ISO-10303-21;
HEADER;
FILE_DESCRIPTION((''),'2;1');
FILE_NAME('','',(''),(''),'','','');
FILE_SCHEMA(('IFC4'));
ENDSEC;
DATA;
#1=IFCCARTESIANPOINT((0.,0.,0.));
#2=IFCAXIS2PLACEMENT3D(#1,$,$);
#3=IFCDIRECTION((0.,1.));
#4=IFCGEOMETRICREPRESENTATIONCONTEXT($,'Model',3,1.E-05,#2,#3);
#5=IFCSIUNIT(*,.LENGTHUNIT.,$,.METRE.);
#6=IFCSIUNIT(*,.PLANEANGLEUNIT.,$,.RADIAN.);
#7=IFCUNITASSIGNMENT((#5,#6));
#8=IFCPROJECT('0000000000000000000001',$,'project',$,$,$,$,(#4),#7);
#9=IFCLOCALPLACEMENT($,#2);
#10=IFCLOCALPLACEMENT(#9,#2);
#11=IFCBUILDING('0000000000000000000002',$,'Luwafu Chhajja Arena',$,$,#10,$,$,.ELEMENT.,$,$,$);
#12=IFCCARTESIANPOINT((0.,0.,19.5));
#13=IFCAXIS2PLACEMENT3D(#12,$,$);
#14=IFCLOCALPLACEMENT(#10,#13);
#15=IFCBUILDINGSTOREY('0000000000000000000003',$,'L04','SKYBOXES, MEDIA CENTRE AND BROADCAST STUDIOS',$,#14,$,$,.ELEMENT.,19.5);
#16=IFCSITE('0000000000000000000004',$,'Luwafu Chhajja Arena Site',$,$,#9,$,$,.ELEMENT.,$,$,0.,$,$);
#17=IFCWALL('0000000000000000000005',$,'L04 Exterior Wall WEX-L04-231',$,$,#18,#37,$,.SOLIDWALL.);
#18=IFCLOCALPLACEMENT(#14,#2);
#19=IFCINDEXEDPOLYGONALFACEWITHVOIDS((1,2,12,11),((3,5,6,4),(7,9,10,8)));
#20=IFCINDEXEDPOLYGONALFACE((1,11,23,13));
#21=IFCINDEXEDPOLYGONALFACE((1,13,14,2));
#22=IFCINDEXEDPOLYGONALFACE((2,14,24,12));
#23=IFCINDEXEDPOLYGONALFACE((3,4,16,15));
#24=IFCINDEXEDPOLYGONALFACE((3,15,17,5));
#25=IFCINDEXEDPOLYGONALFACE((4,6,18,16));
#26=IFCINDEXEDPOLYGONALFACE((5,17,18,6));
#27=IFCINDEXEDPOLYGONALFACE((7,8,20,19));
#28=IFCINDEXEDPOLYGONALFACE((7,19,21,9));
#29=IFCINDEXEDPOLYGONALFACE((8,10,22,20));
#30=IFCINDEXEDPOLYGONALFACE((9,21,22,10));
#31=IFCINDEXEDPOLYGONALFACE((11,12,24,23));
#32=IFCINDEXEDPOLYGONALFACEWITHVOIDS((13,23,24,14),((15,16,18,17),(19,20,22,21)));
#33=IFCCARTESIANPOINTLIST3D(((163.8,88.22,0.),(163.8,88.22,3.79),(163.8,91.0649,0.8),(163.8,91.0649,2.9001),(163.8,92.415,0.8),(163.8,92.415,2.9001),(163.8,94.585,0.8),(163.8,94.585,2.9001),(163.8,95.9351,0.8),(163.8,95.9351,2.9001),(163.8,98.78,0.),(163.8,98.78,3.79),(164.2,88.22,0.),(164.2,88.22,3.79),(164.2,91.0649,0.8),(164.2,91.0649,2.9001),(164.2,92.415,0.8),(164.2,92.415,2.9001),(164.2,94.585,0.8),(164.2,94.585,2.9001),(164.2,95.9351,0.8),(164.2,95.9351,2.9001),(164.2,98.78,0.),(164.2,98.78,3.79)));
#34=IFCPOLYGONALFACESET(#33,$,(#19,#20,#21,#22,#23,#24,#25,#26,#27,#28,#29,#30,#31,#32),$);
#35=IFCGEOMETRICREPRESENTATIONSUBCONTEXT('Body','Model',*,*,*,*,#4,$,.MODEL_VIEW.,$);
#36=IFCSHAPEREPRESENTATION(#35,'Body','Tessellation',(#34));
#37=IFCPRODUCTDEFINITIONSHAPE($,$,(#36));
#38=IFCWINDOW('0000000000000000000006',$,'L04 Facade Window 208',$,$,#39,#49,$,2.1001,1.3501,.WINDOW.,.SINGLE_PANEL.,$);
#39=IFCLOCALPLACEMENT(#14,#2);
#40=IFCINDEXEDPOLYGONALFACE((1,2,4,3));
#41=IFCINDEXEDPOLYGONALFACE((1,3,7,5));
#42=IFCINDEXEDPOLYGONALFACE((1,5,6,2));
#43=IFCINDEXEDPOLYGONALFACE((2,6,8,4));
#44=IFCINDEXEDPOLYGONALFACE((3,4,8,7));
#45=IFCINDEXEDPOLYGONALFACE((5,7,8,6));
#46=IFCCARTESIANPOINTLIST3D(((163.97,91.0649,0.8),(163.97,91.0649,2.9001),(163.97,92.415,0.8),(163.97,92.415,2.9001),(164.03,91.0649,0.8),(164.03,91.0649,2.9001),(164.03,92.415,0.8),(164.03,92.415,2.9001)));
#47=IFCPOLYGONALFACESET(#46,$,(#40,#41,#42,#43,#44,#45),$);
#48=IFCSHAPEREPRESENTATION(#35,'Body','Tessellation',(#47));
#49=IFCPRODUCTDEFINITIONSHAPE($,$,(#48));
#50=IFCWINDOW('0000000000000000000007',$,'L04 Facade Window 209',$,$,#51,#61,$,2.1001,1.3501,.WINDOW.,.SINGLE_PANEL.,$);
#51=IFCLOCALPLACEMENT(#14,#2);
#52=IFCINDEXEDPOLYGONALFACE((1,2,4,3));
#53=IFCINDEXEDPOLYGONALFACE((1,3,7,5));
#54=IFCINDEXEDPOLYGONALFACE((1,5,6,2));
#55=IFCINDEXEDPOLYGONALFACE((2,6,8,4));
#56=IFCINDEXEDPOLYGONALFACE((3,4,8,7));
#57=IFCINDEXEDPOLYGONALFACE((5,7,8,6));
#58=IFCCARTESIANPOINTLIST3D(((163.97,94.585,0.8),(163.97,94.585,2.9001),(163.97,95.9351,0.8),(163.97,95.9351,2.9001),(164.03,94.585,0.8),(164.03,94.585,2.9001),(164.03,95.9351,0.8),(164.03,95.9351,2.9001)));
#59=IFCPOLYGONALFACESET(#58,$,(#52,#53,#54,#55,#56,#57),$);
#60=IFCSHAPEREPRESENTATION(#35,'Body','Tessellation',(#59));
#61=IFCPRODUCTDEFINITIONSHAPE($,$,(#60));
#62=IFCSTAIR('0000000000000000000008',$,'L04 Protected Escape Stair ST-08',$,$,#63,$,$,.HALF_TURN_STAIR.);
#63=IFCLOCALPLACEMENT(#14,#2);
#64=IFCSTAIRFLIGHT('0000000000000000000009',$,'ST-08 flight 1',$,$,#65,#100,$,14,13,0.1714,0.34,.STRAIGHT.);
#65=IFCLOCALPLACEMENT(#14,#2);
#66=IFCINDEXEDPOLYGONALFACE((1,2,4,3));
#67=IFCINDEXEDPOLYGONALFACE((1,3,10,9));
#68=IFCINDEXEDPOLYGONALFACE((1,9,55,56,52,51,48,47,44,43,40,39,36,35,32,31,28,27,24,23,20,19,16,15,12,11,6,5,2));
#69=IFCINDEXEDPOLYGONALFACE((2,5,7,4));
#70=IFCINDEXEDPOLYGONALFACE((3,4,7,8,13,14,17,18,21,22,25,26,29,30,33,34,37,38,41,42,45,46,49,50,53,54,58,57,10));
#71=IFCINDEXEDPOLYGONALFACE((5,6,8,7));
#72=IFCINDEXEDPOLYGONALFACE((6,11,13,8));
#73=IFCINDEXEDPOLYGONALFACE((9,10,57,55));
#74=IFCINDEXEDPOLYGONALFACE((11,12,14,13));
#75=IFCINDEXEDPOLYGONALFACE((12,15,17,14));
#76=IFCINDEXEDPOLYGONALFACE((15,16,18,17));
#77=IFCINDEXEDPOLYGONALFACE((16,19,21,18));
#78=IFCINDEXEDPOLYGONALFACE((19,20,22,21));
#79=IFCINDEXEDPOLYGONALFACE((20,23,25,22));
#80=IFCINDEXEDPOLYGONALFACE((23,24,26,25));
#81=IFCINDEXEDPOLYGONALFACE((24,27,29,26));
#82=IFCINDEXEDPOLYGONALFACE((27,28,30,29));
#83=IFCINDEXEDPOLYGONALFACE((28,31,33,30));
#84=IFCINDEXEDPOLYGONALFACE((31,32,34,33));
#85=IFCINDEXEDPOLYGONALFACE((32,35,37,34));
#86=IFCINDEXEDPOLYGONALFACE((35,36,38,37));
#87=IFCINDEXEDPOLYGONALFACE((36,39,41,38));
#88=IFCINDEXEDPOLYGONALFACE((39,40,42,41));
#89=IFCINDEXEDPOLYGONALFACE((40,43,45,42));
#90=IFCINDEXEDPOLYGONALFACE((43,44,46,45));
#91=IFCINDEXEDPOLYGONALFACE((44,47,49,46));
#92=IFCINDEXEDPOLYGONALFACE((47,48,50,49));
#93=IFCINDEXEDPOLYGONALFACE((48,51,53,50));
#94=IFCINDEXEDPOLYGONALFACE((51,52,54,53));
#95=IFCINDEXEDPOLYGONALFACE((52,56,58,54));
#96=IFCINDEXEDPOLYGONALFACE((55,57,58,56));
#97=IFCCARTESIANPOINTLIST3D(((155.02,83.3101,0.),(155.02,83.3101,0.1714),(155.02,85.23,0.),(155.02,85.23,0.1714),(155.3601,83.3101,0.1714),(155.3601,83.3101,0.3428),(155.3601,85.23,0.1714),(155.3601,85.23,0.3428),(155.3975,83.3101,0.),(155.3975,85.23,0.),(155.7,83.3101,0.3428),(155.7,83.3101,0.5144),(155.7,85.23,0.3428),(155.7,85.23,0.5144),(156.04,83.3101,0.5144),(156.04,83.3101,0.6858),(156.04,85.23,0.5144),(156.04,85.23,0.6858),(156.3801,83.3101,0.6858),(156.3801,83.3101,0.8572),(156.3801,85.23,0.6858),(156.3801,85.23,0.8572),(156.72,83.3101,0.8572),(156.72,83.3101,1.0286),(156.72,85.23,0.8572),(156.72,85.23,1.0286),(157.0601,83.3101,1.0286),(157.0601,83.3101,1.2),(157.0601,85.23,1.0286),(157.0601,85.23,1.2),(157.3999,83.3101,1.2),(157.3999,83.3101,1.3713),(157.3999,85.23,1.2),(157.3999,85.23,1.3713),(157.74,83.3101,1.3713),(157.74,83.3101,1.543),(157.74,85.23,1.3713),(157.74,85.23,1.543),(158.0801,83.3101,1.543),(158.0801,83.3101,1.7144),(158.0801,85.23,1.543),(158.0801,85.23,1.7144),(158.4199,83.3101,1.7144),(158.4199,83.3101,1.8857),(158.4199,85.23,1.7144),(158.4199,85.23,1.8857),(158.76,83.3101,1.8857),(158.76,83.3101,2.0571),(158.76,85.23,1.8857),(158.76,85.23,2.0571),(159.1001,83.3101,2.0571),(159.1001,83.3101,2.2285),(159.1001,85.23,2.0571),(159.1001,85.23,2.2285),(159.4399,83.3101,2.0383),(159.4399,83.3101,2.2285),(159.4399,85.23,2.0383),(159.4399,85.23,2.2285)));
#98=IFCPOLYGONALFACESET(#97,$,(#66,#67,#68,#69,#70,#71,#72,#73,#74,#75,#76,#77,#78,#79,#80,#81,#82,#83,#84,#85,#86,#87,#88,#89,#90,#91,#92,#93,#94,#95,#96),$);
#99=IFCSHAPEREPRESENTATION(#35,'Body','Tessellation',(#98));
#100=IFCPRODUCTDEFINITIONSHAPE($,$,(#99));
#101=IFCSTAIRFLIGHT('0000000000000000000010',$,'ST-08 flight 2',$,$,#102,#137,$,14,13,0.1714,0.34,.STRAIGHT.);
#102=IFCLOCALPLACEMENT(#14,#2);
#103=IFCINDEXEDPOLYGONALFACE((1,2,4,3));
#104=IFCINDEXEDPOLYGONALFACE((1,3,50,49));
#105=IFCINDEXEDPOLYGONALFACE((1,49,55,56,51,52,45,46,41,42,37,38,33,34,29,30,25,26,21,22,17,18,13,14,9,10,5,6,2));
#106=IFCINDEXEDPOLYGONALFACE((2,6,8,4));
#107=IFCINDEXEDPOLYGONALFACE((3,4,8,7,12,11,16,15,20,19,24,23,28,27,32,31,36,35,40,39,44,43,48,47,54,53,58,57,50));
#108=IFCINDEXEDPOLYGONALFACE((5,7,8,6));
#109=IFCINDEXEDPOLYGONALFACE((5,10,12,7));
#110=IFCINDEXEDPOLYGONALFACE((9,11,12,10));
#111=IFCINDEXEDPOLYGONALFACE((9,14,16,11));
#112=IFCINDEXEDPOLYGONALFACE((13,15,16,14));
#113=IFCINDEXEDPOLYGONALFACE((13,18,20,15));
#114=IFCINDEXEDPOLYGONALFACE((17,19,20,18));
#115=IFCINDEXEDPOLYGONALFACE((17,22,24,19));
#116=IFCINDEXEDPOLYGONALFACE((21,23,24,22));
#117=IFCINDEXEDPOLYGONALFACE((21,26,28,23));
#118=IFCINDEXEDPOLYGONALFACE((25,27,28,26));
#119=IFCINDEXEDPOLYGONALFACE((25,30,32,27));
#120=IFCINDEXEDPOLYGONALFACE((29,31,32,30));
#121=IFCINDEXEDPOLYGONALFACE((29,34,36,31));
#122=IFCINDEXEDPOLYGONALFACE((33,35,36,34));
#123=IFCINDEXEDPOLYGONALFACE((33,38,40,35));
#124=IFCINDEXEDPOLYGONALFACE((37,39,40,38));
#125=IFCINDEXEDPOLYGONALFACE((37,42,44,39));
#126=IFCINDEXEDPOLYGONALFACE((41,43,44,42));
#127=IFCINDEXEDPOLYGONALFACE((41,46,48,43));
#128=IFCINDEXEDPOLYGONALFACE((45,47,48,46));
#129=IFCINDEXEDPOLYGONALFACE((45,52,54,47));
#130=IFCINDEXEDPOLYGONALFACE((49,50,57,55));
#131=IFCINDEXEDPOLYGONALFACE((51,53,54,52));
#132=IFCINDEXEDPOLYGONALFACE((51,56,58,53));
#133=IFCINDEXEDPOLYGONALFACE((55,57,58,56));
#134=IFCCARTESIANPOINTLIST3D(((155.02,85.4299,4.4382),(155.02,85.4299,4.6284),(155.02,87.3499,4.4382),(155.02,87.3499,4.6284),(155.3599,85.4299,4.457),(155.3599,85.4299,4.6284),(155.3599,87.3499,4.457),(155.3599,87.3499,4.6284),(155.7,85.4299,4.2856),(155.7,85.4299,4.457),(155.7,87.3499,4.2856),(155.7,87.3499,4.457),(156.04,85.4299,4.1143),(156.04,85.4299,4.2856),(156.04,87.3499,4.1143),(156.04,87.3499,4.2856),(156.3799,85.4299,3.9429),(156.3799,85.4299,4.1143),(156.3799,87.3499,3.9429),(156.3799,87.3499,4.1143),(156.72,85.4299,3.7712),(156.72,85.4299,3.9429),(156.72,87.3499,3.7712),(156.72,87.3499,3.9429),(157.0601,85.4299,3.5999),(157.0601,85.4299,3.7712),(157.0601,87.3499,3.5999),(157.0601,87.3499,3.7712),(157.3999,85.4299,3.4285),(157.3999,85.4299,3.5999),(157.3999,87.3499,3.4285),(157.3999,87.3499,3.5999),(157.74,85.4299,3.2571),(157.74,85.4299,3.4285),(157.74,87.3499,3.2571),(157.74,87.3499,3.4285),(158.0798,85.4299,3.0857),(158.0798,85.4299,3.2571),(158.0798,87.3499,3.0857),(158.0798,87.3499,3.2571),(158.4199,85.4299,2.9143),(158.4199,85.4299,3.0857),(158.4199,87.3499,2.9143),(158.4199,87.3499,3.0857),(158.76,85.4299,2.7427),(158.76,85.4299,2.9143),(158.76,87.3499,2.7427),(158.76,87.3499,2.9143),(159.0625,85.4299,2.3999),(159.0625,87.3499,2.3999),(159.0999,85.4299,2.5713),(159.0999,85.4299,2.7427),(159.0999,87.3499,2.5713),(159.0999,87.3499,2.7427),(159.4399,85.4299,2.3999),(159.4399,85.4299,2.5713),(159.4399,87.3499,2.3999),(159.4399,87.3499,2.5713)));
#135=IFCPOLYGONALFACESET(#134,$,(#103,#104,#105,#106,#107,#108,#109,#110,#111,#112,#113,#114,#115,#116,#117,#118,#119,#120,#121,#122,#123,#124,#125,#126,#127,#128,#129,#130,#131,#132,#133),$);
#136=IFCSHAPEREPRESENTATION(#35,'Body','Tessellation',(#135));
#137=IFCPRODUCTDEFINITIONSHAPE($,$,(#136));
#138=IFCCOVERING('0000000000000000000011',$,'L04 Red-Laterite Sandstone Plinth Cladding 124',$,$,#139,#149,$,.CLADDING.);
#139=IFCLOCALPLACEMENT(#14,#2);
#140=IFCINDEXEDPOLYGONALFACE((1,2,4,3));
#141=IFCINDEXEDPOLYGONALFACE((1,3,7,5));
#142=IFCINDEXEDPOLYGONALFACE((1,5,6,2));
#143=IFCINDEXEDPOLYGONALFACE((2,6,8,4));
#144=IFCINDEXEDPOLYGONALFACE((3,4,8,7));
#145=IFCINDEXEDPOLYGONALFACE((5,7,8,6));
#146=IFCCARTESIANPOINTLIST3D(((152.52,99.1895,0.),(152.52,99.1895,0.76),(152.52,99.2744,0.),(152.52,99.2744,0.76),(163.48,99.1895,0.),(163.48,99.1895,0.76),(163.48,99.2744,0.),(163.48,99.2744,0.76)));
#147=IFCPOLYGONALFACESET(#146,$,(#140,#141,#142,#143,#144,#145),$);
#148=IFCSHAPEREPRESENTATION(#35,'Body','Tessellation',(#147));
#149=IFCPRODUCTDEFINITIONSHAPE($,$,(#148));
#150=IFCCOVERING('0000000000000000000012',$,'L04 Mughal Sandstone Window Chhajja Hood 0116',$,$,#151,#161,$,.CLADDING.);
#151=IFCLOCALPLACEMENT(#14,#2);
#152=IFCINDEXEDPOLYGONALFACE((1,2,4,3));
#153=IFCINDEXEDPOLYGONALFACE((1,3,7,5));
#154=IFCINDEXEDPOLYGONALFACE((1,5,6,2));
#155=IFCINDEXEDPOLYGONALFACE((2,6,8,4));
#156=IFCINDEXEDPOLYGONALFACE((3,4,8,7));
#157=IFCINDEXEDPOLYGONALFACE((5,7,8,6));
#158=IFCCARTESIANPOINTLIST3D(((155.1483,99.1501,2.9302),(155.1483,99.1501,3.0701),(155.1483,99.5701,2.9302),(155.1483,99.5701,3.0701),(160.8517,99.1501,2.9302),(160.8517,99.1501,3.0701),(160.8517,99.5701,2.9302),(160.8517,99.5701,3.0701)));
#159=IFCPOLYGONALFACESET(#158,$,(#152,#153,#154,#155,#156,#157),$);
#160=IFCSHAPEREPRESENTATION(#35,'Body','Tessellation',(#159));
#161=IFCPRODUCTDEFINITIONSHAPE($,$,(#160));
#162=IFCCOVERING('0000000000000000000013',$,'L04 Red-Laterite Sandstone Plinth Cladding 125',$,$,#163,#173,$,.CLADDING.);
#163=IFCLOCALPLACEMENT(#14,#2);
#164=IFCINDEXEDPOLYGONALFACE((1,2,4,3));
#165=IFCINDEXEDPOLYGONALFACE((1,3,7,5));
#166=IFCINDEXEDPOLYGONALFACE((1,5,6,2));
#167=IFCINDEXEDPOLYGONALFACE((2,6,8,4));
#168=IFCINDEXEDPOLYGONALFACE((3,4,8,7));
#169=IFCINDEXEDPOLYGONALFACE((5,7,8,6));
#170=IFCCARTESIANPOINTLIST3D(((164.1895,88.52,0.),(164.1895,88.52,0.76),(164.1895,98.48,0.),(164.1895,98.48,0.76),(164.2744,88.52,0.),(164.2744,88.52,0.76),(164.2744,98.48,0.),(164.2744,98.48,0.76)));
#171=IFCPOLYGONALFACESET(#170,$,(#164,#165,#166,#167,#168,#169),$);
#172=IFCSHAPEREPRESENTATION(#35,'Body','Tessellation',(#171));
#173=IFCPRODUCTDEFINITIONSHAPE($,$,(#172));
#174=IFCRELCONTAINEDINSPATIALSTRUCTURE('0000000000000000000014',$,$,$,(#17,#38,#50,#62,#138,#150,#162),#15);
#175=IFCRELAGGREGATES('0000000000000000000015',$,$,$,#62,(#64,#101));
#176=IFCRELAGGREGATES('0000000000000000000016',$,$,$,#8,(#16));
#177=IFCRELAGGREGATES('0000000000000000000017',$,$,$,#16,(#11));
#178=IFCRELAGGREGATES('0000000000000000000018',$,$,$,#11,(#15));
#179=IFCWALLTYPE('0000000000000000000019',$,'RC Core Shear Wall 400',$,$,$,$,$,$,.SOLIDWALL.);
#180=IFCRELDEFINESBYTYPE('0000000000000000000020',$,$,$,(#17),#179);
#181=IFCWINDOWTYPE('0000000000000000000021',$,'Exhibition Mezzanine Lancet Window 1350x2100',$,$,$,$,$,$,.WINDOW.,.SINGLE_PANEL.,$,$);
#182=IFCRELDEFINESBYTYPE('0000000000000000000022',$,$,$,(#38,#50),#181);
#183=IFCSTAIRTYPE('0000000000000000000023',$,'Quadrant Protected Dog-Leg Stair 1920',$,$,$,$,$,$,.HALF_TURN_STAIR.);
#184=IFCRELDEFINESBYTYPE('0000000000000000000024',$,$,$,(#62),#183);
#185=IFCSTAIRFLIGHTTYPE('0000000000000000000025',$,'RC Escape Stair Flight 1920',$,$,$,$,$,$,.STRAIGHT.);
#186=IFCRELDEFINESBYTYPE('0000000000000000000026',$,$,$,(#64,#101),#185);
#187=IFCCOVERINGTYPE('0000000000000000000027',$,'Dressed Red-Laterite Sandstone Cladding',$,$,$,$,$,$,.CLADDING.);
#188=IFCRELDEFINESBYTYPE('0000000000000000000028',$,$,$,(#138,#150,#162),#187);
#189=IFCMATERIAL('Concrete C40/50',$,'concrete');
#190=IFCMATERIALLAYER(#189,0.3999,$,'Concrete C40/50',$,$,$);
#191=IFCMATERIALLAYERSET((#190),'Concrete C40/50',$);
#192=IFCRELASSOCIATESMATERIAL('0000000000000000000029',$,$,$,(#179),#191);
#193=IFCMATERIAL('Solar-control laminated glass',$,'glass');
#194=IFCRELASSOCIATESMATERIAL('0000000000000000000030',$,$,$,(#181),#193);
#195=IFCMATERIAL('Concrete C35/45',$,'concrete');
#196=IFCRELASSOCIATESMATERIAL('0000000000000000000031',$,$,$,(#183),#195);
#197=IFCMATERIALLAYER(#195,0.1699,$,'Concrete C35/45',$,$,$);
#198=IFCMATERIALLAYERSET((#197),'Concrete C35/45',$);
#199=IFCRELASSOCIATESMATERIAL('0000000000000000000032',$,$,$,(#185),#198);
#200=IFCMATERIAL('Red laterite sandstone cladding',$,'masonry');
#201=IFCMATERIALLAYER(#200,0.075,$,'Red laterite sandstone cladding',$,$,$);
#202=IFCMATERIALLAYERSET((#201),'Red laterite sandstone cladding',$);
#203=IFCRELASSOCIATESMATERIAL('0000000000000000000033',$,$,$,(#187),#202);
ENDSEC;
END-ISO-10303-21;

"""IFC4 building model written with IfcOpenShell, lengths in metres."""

from ifc_helpers import new_model, si_unit, direction, frame, frame_2d, origin, origin_2d, place, context, subcontext, project, spatial, polyline, rectangle, outline, extrude, material, layer, layer_set, type_object, element, fill, aggregate, save


model = new_model("IFC4")

# Units and contexts
model_context = context("Model", 3, precision=1e-05, world=origin(), true_north=direction((0.0, 1.0)))
body_context = subcontext(model_context, "Body", "Model", "MODEL_VIEW")
ifc_project = project(units=[si_unit("LENGTHUNIT", "METRE"), si_unit("PLANEANGLEUNIT", "RADIAN")], contexts=[model_context])

# Site, building, storey
site_placement = place(None, origin())
site = spatial("IfcSite", under=ifc_project, at=site_placement, Name="Luwafu Chhajja Arena Site", CompositionType="ELEMENT", RefElevation=0.0)
building_placement = place(site_placement, origin())
building = spatial("IfcBuilding", under=site, at=building_placement, Name="Luwafu Chhajja Arena", CompositionType="ELEMENT")
storey_placement = place(building_placement, frame((0.0, 0.0, 19.5)))
storey = spatial("IfcBuildingStorey", under=building, at=storey_placement, Name="L04", Description="SKYBOXES, MEDIA CENTRE AND BROADCAST STUDIOS", CompositionType="ELEMENT", Elevation=19.5)

# Shared definitions
ifc_material_1 = material(Name="Concrete C35/45", Category="concrete")

# Shared definitions
ifc_material_2 = material(Name="Concrete C40/50", Category="concrete")

# Wall, openings, windows
ifc_layer_1 = layer(ifc_material_2, 0.3999, Name="Concrete C40/50")
ifc_layer_set_1 = layer_set([ifc_layer_1], Name="Concrete C40/50")
wall_type_1 = type_object("IfcWallType", Name="RC Core Shear Wall 400", PredefinedType="SOLIDWALL", material=ifc_layer_set_1)
wall_1_placement = place(storey_placement, frame((164.0, 88.22, 0.0), z_axis=(0.0, 0.0, 1.0), x_axis=(0.0, 1.0, 0.0)))
wall_1 = element("IfcWall", 1, at=wall_1_placement, inside=storey, type_object=wall_type_1, Name="L04 Exterior Wall WEX-L04-231", PredefinedType="SOLIDWALL", context=body_context, shape_type="SweptSolid", body=[
    extrude(rectangle(XDim=10.5601, YDim=0.3999, at=frame_2d((5.28, 0.0))), origin(), (0.0, 0.0, 1.0), 3.79),
])
opening_1_placement = place(wall_1_placement, frame((2.845, 0.0, 0.8)))
opening_1 = element("IfcOpeningElement", 2, at=opening_1_placement, cuts=wall_1, PredefinedType="OPENING", context=body_context, shape_type="SweptSolid", body=[
    extrude(rectangle(XDim=1.3501, YDim=2.1001, at=frame_2d((0.675, 1.05))), frame((0.0, 0.21, 0.0), z_axis=(0.0, -1.0, 0.0), x_axis=(1.0, 0.0, 0.0)), (0.0, 0.0, 1.0), 0.4199),
])
opening_2_placement = place(wall_1_placement, frame((6.365, 0.0, 0.8)))
opening_2 = element("IfcOpeningElement", 3, at=opening_2_placement, cuts=wall_1, PredefinedType="OPENING", context=body_context, shape_type="SweptSolid", body=[
    extrude(rectangle(XDim=1.3501, YDim=2.1001, at=frame_2d((0.675, 1.05))), frame((0.0, 0.21, 0.0), z_axis=(0.0, -1.0, 0.0), x_axis=(1.0, 0.0, 0.0)), (0.0, 0.0, 1.0), 0.4199),
])
ifc_material_3 = material(Name="Solar-control laminated glass", Category="glass")
window_type = type_object("IfcWindowType", Name="Exhibition Mezzanine Lancet Window 1350x2100", PartitioningType="SINGLE_PANEL", PredefinedType="WINDOW", material=ifc_material_3)
window_1_placement = place(opening_1_placement, origin())
window_1 = element("IfcWindow", 4, at=window_1_placement, inside=storey, type_object=window_type, Name="L04 Facade Window 208", OverallHeight=2.1001, OverallWidth=1.3501, PartitioningType="SINGLE_PANEL", PredefinedType="WINDOW", context=body_context, shape_type="SweptSolid", body=[
    extrude(rectangle(XDim=1.3501, YDim=2.1001, at=frame_2d((0.675, 1.05))), frame((0.0, 0.03, 0.0), z_axis=(0.0, -1.0, 0.0), x_axis=(1.0, 0.0, 0.0)), (0.0, 0.0, 1.0), 0.0601),
])
fill(opening_1, window_1)
window_2_placement = place(opening_2_placement, origin())
window_2 = element("IfcWindow", 5, at=window_2_placement, inside=storey, type_object=window_type, Name="L04 Facade Window 209", OverallHeight=2.1001, OverallWidth=1.3501, PartitioningType="SINGLE_PANEL", PredefinedType="WINDOW", context=body_context, shape_type="SweptSolid", body=[
    extrude(rectangle(XDim=1.3501, YDim=2.1001, at=frame_2d((0.675, 1.05))), frame((0.0, 0.03, 0.0), z_axis=(0.0, -1.0, 0.0), x_axis=(1.0, 0.0, 0.0)), (0.0, 0.0, 1.0), 0.0601),
])
fill(opening_2, window_2)

# Stair, stair flights
stair_type = type_object("IfcStairType", Name="Quadrant Protected Dog-Leg Stair 1920", PredefinedType="HALF_TURN_STAIR", material=ifc_material_1)
stair_placement = place(storey_placement, origin())
stair = element("IfcStair", 6, at=stair_placement, inside=storey, type_object=stair_type, Name="L04 Protected Escape Stair ST-08", PredefinedType="HALF_TURN_STAIR")
ifc_layer_2 = layer(ifc_material_1, 0.1699, Name="Concrete C35/45")
ifc_layer_set_2 = layer_set([ifc_layer_2], Name="Concrete C35/45")
stair_flight_type = type_object("IfcStairFlightType", Name="RC Escape Stair Flight 1920", PredefinedType="STRAIGHT", material=ifc_layer_set_2)
stair_flight_1_placement = place(storey_placement, frame((155.02, 84.27, 0.0), z_axis=(0.0, 0.0, 1.0), x_axis=(1.0, 0.0, 0.0)))
stair_flight_1 = element("IfcStairFlight", 7, at=stair_flight_1_placement, type_object=stair_flight_type, Name="ST-08 flight 1", NumberOfRisers=14, NumberOfTreads=13, PredefinedType="STRAIGHT", RiserHeight=0.1714, TreadLength=0.34, context=body_context, shape_type="SweptSolid", body=[
    extrude(outline(polyline([(0.0, 0.0), (0.0, 0.1714), (0.3401, 0.1714), (0.3401, 0.3428), (0.6799, 0.3428), (0.6799, 0.5144), (1.02, 0.5144), (1.02, 0.6858), (1.3601, 0.6858), (1.3601, 0.8572), (1.7, 0.8572), (1.7, 1.0286), (2.04, 1.0286), (2.04, 1.2), (2.3799, 1.2), (2.3799, 1.3713), (2.72, 1.3713), (2.72, 1.543), (3.0601, 1.543), (3.0601, 1.7144), (3.3999, 1.7144), (3.3999, 1.8857), (3.74, 1.8857), (3.74, 2.0571), (4.0801, 2.0571), (4.0801, 2.2285), (4.4199, 2.2285), (4.4199, 2.3999), (4.4199, 2.0383), (0.3774, 0.0), (0.0, 0.0)])), frame((0.0, 0.96, 0.0), z_axis=(0.0, -1.0, 0.0), x_axis=(1.0, 0.0, 0.0)), (0.0, 0.0, 1.0), 1.9199),
])
stair_flight_2_placement = place(storey_placement, frame((159.4399, 86.3899, 2.3999), z_axis=(0.0, 0.0, 1.0), x_axis=(-1.0, 0.0, 0.0)))
stair_flight_2 = element("IfcStairFlight", 8, at=stair_flight_2_placement, type_object=stair_flight_type, Name="ST-08 flight 2", NumberOfRisers=14, NumberOfTreads=13, PredefinedType="STRAIGHT", RiserHeight=0.1714, TreadLength=0.34, context=body_context, shape_type="SweptSolid", body=[
    extrude(outline(polyline([(0.0, 0.0), (0.0, 0.1714), (0.3401, 0.1714), (0.3401, 0.3428), (0.6799, 0.3428), (0.6799, 0.5144), (1.02, 0.5144), (1.02, 0.6858), (1.3601, 0.6858), (1.3601, 0.8572), (1.7, 0.8572), (1.7, 1.0286), (2.04, 1.0286), (2.04, 1.2), (2.3799, 1.2), (2.3799, 1.3713), (2.72, 1.3713), (2.72, 1.543), (3.0601, 1.543), (3.0601, 1.7144), (3.3999, 1.7144), (3.3999, 1.8857), (3.74, 1.8857), (3.74, 2.0571), (4.0801, 2.0571), (4.0801, 2.2285), (4.4199, 2.2285), (4.4199, 2.3999), (4.4199, 2.0383), (0.3774, 0.0), (0.0, 0.0)])), frame((0.0, 0.96, 0.0), z_axis=(0.0, -1.0, 0.0), x_axis=(1.0, 0.0, 0.0)), (0.0, 0.0, 1.0), 1.9199),
])
aggregate(stair, [stair_flight_1, stair_flight_2])

# Coverings
ifc_material_4 = material(Name="Red laterite sandstone cladding", Category="masonry")
ifc_layer_3 = layer(ifc_material_4, 0.075, Name="Red laterite sandstone cladding")
ifc_layer_set_3 = layer_set([ifc_layer_3], Name="Red laterite sandstone cladding")
covering_type = type_object("IfcCoveringType", Name="Dressed Red-Laterite Sandstone Cladding", PredefinedType="CLADDING", material=ifc_layer_set_3)
covering_1_placement = place(storey_placement, frame((158.0, 99.2319, 0.0), z_axis=(0.0, 0.0, 1.0), x_axis=(1.0, 0.0, 0.0)))
element("IfcCovering", 9, at=covering_1_placement, inside=storey, type_object=covering_type, Name="L04 Red-Laterite Sandstone Plinth Cladding 124", PredefinedType="CLADDING", context=body_context, shape_type="SweptSolid", body=[
    extrude(rectangle(XDim=10.96, YDim=0.085, at=origin_2d()), origin(), (0.0, 0.0, 1.0), 0.76),
])
covering_2_placement = place(storey_placement, frame((158.0, 99.3601, 2.9302), z_axis=(0.0, 0.0, 1.0), x_axis=(1.0, 0.0, 0.0)))
element("IfcCovering", 10, at=covering_2_placement, inside=storey, type_object=covering_type, Name="L04 Mughal Sandstone Window Chhajja Hood 0116", PredefinedType="CLADDING", context=body_context, shape_type="SweptSolid", body=[
    extrude(rectangle(XDim=5.7034, YDim=0.4199, at=origin_2d()), origin(), (0.0, 0.0, 1.0), 0.1399),
])
covering_3_placement = place(storey_placement, frame((164.2319, 93.5, 0.0), z_axis=(0.0, 0.0, 1.0), x_axis=(0.0, 1.0, 0.0)))
element("IfcCovering", 11, at=covering_3_placement, inside=storey, type_object=covering_type, Name="L04 Red-Laterite Sandstone Plinth Cladding 125", PredefinedType="CLADDING", context=body_context, shape_type="SweptSolid", body=[
    extrude(rectangle(XDim=9.96, YDim=0.085, at=origin_2d()), origin(), (0.0, 0.0, 1.0), 0.76),
])

save(model, "model.ifc")
